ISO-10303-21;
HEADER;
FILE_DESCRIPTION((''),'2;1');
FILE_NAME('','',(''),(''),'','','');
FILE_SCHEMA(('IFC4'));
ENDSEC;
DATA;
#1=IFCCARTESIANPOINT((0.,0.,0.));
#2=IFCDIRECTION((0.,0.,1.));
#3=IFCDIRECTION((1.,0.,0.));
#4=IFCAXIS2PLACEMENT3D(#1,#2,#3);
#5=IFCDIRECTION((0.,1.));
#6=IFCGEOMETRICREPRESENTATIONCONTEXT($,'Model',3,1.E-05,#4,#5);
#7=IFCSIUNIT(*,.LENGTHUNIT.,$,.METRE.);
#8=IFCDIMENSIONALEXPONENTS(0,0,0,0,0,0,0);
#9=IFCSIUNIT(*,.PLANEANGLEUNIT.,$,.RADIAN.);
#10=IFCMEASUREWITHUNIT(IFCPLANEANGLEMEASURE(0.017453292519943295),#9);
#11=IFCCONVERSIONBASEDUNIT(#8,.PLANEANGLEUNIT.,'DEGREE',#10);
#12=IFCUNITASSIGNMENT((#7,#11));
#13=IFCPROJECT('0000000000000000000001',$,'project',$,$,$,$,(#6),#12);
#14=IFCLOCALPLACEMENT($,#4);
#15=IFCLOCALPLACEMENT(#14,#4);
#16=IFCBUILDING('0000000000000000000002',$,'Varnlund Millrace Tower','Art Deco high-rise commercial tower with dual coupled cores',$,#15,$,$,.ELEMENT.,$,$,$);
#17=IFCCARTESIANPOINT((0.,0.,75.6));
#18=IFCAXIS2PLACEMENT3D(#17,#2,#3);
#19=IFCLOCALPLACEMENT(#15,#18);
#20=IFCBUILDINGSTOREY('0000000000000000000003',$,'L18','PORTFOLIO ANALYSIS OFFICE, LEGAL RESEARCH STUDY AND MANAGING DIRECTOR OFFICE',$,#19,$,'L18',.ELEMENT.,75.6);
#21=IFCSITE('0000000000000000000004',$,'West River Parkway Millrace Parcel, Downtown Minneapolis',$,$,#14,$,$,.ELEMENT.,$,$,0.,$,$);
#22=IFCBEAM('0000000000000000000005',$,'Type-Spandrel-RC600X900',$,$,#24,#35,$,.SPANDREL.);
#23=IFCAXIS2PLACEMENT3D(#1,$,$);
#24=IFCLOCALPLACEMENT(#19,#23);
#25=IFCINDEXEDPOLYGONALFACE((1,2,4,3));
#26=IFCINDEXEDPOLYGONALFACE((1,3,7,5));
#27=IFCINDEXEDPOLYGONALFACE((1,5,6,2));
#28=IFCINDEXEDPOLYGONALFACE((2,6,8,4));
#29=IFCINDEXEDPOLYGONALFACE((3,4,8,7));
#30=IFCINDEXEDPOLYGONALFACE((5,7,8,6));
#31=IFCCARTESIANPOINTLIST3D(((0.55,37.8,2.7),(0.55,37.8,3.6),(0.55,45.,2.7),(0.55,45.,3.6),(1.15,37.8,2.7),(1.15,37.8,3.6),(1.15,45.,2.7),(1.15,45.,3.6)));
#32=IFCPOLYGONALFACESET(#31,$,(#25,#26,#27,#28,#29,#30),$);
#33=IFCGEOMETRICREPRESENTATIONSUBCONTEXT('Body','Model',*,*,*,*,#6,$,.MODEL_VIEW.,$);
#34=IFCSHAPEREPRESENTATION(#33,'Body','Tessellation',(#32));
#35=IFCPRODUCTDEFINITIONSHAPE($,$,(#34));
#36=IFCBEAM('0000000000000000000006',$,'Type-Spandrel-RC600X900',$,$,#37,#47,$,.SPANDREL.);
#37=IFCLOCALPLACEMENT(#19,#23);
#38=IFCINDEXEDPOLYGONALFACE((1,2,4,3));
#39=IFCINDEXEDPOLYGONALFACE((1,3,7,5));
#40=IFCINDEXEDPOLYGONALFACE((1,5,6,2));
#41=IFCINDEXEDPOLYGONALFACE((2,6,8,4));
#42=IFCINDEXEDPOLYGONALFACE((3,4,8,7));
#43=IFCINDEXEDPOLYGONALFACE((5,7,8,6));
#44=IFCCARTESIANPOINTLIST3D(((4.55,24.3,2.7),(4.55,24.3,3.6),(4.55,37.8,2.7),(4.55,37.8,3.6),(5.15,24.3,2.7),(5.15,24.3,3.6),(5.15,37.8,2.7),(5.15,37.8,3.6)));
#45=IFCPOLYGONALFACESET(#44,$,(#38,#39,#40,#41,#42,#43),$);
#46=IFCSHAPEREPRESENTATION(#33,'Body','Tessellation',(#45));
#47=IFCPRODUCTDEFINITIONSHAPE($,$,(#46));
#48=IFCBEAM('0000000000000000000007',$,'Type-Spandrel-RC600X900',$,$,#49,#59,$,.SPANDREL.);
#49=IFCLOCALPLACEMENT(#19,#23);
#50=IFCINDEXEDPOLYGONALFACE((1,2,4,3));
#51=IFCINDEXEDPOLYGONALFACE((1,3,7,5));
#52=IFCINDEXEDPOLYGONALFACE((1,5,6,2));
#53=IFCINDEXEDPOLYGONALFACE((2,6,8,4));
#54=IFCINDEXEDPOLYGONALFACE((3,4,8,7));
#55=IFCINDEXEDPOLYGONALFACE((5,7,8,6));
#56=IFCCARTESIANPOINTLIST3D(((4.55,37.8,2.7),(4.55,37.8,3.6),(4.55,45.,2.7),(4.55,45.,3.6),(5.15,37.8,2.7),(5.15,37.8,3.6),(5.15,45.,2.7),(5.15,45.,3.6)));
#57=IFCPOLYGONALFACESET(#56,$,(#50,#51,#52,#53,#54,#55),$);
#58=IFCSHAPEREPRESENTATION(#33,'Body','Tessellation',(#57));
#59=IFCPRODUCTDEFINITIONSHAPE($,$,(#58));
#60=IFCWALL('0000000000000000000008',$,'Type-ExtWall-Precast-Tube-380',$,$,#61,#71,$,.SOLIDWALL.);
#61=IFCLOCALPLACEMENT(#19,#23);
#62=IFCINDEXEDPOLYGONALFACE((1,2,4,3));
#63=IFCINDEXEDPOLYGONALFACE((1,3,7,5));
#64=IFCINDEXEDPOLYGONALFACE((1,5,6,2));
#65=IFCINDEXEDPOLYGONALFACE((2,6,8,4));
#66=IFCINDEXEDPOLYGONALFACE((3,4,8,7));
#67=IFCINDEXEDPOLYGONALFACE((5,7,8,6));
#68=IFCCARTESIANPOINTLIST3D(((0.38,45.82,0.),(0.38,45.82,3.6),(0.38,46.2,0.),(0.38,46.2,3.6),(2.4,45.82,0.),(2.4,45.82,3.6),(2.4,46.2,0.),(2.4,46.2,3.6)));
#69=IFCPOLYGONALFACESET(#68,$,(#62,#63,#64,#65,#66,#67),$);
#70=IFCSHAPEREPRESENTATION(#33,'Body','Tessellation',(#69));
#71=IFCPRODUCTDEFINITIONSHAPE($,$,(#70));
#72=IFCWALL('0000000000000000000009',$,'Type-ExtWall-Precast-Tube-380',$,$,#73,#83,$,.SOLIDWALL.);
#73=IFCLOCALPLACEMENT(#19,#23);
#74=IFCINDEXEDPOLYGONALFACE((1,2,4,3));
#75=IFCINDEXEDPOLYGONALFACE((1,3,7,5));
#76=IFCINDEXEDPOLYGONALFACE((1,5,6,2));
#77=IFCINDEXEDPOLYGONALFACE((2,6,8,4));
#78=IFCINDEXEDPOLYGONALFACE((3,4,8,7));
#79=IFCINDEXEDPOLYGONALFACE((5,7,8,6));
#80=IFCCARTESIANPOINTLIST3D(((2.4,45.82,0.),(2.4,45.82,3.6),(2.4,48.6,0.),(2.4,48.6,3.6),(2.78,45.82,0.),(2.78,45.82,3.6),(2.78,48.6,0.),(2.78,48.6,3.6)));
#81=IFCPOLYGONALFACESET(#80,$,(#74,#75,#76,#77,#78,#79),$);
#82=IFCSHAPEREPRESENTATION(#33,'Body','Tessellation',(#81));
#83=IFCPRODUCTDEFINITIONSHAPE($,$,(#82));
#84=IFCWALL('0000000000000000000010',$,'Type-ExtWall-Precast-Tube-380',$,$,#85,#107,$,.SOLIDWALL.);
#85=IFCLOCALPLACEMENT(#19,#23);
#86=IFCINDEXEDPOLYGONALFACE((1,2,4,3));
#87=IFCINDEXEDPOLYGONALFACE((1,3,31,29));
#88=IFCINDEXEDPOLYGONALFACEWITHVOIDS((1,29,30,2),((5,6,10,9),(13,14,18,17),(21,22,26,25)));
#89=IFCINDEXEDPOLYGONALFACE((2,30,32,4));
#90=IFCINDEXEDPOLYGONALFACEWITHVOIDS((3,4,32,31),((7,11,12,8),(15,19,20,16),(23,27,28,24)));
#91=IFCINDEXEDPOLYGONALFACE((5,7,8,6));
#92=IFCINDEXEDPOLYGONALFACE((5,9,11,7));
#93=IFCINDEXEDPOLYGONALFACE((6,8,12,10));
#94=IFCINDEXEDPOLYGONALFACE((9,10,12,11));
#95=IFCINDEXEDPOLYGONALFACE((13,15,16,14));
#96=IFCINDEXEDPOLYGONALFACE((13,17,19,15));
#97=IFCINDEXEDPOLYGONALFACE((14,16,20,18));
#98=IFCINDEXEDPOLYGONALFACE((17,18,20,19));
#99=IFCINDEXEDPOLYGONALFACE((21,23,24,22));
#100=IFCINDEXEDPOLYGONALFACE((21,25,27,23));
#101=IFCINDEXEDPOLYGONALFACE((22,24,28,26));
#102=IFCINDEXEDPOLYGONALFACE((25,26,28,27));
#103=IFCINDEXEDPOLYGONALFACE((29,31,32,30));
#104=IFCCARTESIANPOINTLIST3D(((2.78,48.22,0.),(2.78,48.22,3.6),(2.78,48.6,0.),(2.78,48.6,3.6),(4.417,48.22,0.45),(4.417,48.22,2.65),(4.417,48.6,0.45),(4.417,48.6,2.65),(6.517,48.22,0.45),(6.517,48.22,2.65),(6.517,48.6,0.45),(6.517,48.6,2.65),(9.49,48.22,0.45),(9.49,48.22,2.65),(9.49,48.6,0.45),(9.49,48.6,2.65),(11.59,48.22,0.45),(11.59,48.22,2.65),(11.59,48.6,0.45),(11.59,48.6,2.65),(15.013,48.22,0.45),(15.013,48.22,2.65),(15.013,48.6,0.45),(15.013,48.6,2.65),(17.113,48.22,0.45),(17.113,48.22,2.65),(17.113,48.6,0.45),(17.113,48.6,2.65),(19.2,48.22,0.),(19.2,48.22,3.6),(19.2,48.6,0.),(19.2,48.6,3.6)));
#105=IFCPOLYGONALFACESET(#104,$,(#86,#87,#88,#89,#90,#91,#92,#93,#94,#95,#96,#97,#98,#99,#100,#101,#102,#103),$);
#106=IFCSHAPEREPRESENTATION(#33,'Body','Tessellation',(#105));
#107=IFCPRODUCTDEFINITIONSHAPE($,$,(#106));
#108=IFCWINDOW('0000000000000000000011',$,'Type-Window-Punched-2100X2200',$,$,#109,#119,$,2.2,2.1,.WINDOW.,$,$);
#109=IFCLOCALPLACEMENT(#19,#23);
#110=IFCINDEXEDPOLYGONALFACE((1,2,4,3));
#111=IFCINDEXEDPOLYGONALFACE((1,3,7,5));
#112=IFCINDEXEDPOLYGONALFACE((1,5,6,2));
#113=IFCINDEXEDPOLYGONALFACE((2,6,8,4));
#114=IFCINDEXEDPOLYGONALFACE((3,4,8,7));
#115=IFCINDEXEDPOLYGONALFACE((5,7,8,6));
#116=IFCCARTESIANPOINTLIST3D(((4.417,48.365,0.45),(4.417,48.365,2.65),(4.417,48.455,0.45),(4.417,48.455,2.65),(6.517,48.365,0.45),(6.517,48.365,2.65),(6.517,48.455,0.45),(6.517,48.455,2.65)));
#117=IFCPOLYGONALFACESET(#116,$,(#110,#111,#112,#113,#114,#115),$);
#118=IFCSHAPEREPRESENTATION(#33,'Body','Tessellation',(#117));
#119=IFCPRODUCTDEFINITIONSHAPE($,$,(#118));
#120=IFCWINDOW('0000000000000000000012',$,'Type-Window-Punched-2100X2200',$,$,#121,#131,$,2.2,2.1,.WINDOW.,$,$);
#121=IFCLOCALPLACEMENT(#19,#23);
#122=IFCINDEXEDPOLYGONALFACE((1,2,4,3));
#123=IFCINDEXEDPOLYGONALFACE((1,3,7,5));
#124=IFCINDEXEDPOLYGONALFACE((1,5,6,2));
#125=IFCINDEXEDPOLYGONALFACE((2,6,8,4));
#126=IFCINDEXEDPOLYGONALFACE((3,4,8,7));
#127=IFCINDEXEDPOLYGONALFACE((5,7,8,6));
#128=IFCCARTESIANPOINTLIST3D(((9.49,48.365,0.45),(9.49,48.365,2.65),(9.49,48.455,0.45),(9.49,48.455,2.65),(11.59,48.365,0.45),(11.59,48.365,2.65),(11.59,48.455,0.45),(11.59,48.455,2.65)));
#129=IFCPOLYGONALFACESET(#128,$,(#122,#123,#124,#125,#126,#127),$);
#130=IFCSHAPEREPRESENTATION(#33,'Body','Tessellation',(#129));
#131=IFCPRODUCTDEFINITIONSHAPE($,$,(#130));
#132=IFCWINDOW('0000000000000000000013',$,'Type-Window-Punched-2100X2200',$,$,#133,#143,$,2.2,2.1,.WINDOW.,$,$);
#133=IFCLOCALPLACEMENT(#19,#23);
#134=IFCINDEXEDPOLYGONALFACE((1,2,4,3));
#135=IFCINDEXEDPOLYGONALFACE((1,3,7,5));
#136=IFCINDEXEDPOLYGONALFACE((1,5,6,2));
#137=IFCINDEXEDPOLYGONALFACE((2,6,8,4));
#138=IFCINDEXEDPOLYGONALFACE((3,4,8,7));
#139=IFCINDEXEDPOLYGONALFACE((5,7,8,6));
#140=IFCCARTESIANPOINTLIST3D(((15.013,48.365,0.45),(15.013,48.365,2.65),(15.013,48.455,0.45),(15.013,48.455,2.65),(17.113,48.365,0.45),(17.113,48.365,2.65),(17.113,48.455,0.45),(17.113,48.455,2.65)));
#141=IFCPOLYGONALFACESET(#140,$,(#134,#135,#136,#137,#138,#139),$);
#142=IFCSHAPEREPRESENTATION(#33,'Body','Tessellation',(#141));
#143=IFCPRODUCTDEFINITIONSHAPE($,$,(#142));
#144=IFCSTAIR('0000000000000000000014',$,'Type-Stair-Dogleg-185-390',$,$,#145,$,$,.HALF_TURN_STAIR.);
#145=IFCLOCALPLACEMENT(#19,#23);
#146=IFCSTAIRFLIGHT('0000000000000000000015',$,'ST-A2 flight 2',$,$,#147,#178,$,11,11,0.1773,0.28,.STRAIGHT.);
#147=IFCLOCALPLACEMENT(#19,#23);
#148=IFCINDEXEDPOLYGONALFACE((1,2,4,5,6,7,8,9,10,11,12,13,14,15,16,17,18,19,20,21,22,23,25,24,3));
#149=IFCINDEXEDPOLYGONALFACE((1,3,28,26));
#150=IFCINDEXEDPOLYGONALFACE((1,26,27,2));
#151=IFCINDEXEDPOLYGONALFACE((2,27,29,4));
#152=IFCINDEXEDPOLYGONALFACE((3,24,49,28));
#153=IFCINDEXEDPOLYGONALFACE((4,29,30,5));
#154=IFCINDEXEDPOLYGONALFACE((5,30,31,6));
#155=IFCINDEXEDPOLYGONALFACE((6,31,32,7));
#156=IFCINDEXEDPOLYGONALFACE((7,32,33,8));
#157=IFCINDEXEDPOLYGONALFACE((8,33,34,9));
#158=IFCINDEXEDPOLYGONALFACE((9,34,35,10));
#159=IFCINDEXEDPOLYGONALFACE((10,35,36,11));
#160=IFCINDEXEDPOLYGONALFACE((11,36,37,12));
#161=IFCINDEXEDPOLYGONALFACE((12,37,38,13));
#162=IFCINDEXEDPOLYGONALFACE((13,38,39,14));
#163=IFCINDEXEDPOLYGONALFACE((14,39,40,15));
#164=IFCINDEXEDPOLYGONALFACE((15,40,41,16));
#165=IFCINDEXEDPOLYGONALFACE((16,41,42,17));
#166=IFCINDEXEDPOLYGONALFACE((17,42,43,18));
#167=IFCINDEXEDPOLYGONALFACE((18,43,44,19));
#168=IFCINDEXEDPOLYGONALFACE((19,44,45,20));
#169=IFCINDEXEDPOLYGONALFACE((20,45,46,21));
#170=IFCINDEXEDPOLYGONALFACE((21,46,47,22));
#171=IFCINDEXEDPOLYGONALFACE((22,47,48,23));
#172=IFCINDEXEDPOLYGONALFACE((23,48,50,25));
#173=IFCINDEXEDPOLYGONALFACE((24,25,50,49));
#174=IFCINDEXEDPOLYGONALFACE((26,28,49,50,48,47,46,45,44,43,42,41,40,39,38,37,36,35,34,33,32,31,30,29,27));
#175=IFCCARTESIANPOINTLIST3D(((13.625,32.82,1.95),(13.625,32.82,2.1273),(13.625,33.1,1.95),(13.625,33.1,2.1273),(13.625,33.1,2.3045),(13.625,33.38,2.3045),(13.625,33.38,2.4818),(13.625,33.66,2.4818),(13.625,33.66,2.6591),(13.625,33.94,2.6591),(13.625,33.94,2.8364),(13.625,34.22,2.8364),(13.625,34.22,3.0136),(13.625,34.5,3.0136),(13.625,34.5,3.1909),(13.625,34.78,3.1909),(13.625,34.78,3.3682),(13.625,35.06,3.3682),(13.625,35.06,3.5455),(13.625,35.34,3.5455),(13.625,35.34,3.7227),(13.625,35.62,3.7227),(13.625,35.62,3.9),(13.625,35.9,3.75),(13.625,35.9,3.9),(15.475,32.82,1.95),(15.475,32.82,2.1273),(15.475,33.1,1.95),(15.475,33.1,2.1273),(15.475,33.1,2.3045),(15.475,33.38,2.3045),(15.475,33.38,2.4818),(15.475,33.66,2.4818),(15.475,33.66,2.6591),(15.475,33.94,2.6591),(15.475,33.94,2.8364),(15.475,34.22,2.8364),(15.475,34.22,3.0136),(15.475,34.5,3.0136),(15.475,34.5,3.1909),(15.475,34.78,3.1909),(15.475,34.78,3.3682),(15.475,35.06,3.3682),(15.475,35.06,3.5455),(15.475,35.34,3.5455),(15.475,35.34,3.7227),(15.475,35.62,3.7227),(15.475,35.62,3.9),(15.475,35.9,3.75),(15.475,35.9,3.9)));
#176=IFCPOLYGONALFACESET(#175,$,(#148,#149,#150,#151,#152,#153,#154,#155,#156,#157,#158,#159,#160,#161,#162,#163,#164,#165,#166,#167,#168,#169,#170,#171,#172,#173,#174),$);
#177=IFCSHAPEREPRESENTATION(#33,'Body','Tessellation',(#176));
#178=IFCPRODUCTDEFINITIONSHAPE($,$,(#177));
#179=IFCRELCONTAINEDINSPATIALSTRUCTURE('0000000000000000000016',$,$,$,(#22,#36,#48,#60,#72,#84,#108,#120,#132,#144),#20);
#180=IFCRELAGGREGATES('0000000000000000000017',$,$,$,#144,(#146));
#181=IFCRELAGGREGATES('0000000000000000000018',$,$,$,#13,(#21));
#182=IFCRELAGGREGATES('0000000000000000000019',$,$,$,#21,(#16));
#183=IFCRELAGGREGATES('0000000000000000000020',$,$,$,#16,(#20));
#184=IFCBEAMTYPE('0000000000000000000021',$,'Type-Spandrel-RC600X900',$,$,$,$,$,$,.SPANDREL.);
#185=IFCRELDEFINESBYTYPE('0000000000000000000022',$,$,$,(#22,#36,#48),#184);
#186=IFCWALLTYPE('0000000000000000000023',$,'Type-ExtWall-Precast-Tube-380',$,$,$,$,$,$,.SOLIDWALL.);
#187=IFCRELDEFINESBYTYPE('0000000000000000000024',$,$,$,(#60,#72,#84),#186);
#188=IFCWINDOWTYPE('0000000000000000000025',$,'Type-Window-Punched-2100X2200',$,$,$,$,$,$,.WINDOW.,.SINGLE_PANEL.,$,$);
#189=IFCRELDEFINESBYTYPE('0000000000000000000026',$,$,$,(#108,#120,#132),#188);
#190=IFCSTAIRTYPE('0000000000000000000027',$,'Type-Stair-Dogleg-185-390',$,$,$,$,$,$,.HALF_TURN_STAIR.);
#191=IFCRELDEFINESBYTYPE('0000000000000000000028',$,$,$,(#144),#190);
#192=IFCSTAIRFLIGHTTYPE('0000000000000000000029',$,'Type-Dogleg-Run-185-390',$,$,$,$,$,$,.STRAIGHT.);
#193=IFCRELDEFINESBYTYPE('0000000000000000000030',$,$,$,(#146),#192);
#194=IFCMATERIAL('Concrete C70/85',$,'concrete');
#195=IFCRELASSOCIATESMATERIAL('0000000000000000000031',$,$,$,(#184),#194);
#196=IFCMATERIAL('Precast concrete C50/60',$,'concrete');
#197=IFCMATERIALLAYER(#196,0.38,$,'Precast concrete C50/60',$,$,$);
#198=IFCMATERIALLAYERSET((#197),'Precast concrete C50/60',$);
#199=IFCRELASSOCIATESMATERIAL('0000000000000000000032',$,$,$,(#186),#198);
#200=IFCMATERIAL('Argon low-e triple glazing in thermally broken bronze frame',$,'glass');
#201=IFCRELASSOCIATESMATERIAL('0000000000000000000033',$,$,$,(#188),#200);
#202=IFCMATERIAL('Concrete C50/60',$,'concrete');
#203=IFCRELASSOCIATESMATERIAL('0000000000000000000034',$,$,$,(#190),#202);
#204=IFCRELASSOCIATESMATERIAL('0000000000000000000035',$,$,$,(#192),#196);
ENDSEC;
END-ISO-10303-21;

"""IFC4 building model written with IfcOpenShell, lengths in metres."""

from ifc_helpers import new_model, entity, si_unit, converted_unit, direction, frame, origin_with_axes, origin_2d_with_axis, place, context, subcontext, project, spatial, polyline, rectangle, outline, extrude, material, layer, layer_set, material_profile, profile_set, type_object, element, fill, aggregate, save


model = new_model("IFC4")

# Units and contexts
model_context = context("Model", 3, precision=1e-05, world=origin_with_axes(), true_north=direction((0.0, 1.0)))
body_context = subcontext(model_context, "Body", "Model", "MODEL_VIEW")
ifc_project = project(units=[si_unit("LENGTHUNIT", "METRE"), converted_unit("PLANEANGLEUNIT", "DEGREE", entity("IfcPlaneAngleMeasure", 0.017453292519943295), si_unit("PLANEANGLEUNIT", "RADIAN"), dimensions=[0, 0, 0, 0, 0, 0, 0])], contexts=[model_context])

# Site, building, storey
site_placement = place(None, origin_with_axes())
site = spatial("IfcSite", under=ifc_project, at=site_placement, Name="West River Parkway Millrace Parcel, Downtown Minneapolis", CompositionType="ELEMENT", RefElevation=0.0)
building_placement = place(site_placement, origin_with_axes())
building = spatial("IfcBuilding", under=site, at=building_placement, Name="Varnlund Millrace Tower", Description="Art Deco high-rise commercial tower with dual coupled cores", CompositionType="ELEMENT")
storey_placement = place(building_placement, frame((0.0, 0.0, 75.6), z_axis=(0.0, 0.0, 1.0), x_axis=(1.0, 0.0, 0.0)))
storey = spatial("IfcBuildingStorey", under=building, at=storey_placement, Name="L18", Description="PORTFOLIO ANALYSIS OFFICE, LEGAL RESEARCH STUDY AND MANAGING DIRECTOR OFFICE", LongName="L18", CompositionType="ELEMENT", Elevation=75.6)

# Beams
ifc_material_1 = material(Name="Concrete C70/85", Category="concrete")
ifc_material_profile_1 = material_profile(ifc_material_1, rectangle(XDim=0.6, YDim=0.9, at=origin_2d_with_axis()), Name="Concrete C70/85")
ifc_profile_set_1 = profile_set([ifc_material_profile_1], Name="Concrete C70/85")
beam_type_1 = type_object("IfcBeamType", Name="Type-Spandrel-RC600X900", PredefinedType="SPANDREL", material=ifc_profile_set_1)
beam_1_placement = place(storey_placement, frame((0.85, 37.8, 3.15), z_axis=(0.0, 1.0, 0.0), x_axis=(-1.0, 0.0, 0.0)))
element("IfcBeam", 1, at=beam_1_placement, inside=storey, type_object=beam_type_1, Name="Type-Spandrel-RC600X900", PredefinedType="SPANDREL", context=body_context, shape_type="SweptSolid", body=[
    extrude(rectangle(XDim=0.6, YDim=0.9, at=origin_2d_with_axis()), origin_with_axes(), (0.0, 0.0, 1.0), 7.2),
])
beam_2_placement = place(storey_placement, frame((4.85, 24.3, 3.15), z_axis=(0.0, 1.0, 0.0), x_axis=(-1.0, 0.0, 0.0)))
element("IfcBeam", 2, at=beam_2_placement, inside=storey, type_object=beam_type_1, Name="Type-Spandrel-RC600X900", PredefinedType="SPANDREL", context=body_context, shape_type="SweptSolid", body=[
    extrude(rectangle(XDim=0.6, YDim=0.9, at=origin_2d_with_axis()), origin_with_axes(), (0.0, 0.0, 1.0), 13.5),
])
beam_3_placement = place(storey_placement, frame((4.85, 37.8, 3.15), z_axis=(0.0, 1.0, 0.0), x_axis=(-1.0, 0.0, 0.0)))
element("IfcBeam", 3, at=beam_3_placement, inside=storey, type_object=beam_type_1, Name="Type-Spandrel-RC600X900", PredefinedType="SPANDREL", context=body_context, shape_type="SweptSolid", body=[
    extrude(rectangle(XDim=0.6, YDim=0.9, at=origin_2d_with_axis()), origin_with_axes(), (0.0, 0.0, 1.0), 7.2),
])

# Walls
ifc_material_2 = material(Name="Precast concrete C50/60", Category="concrete")
ifc_layer = layer(ifc_material_2, 0.38, Name="Precast concrete C50/60")
ifc_layer_set = layer_set([ifc_layer], Name="Precast concrete C50/60")
wall_type = type_object("IfcWallType", Name="Type-ExtWall-Precast-Tube-380", PredefinedType="SOLIDWALL", material=ifc_layer_set)
wall_1_placement = place(storey_placement, frame((0.38, 46.01, 0.0), z_axis=(0.0, 0.0, 1.0), x_axis=(1.0, 0.0, 0.0)))
element("IfcWall", 4, at=wall_1_placement, inside=storey, type_object=wall_type, Name="Type-ExtWall-Precast-Tube-380", PredefinedType="SOLIDWALL", context=body_context, shape_type="SweptSolid", body=[
    extrude(outline(polyline([(0.0, -0.19), (2.02, -0.19), (2.02, 0.19), (0.0, 0.19), (0.0, -0.19)])), origin_with_axes(), (0.0, 0.0, 1.0), 3.6),
])
wall_2_placement = place(storey_placement, frame((2.59, 45.82, 0.0), z_axis=(0.0, 0.0, 1.0), x_axis=(0.0, 1.0, 0.0)))
element("IfcWall", 5, at=wall_2_placement, inside=storey, type_object=wall_type, Name="Type-ExtWall-Precast-Tube-380", PredefinedType="SOLIDWALL", context=body_context, shape_type="SweptSolid", body=[
    extrude(outline(polyline([(0.0, -0.19), (2.78, -0.19), (2.78, 0.19), (0.0, 0.19), (0.0, -0.19)])), origin_with_axes(), (0.0, 0.0, 1.0), 3.6),
])

# Wall, openings, windows
wall_3_placement = place(storey_placement, frame((2.78, 48.41, 0.0), z_axis=(0.0, 0.0, 1.0), x_axis=(1.0, 0.0, 0.0)))
wall_3 = element("IfcWall", 6, at=wall_3_placement, inside=storey, type_object=wall_type, Name="Type-ExtWall-Precast-Tube-380", PredefinedType="SOLIDWALL", context=body_context, shape_type="SweptSolid", body=[
    extrude(outline(polyline([(0.0, -0.19), (16.42, -0.19), (16.42, 0.19), (0.0, 0.19), (0.0, -0.19)])), origin_with_axes(), (0.0, 0.0, 1.0), 3.6),
])
opening_1_placement = place(wall_3_placement, frame((2.687, 0.0, 0.45), z_axis=(0.0, 0.0, 1.0), x_axis=(1.0, 0.0, 0.0)))
opening_1 = element("IfcOpeningElement", 7, at=opening_1_placement, cuts=wall_3, PredefinedType="OPENING", context=body_context, shape_type="SweptSolid", body=[
    extrude(rectangle(XDim=2.1, YDim=0.4, at=origin_2d_with_axis()), origin_with_axes(), (0.0, 0.0, 1.0), 2.2),
])
opening_2_placement = place(wall_3_placement, frame((7.76, 0.0, 0.45), z_axis=(0.0, 0.0, 1.0), x_axis=(1.0, 0.0, 0.0)))
opening_2 = element("IfcOpeningElement", 8, at=opening_2_placement, cuts=wall_3, PredefinedType="OPENING", context=body_context, shape_type="SweptSolid", body=[
    extrude(rectangle(XDim=2.1, YDim=0.4, at=origin_2d_with_axis()), origin_with_axes(), (0.0, 0.0, 1.0), 2.2),
])
opening_3_placement = place(wall_3_placement, frame((13.283, 0.0, 0.45), z_axis=(0.0, 0.0, 1.0), x_axis=(1.0, 0.0, 0.0)))
opening_3 = element("IfcOpeningElement", 9, at=opening_3_placement, cuts=wall_3, PredefinedType="OPENING", context=body_context, shape_type="SweptSolid", body=[
    extrude(rectangle(XDim=2.1, YDim=0.4, at=origin_2d_with_axis()), origin_with_axes(), (0.0, 0.0, 1.0), 2.2),
])
ifc_material_3 = material(Name="Argon low-e triple glazing in thermally broken bronze frame", Category="glass")
window_type = type_object("IfcWindowType", Name="Type-Window-Punched-2100X2200", PartitioningType="SINGLE_PANEL", PredefinedType="WINDOW", material=ifc_material_3)
window_1_placement = place(wall_3_placement, frame((2.687, 0.0, 0.45), z_axis=(0.0, 0.0, 1.0), x_axis=(1.0, 0.0, 0.0)))
window_1 = element("IfcWindow", 10, at=window_1_placement, inside=storey, type_object=window_type, Name="Type-Window-Punched-2100X2200", OverallHeight=2.2, OverallWidth=2.1, PredefinedType="WINDOW", context=body_context, shape_type="SweptSolid", body=[
    extrude(rectangle(XDim=2.1, YDim=0.09, at=origin_2d_with_axis()), origin_with_axes(), (0.0, 0.0, 1.0), 2.2),
])
fill(opening_1, window_1)
window_2_placement = place(wall_3_placement, frame((7.76, 0.0, 0.45), z_axis=(0.0, 0.0, 1.0), x_axis=(1.0, 0.0, 0.0)))
window_2 = element("IfcWindow", 11, at=window_2_placement, inside=storey, type_object=window_type, Name="Type-Window-Punched-2100X2200", OverallHeight=2.2, OverallWidth=2.1, PredefinedType="WINDOW", context=body_context, shape_type="SweptSolid", body=[
    extrude(rectangle(XDim=2.1, YDim=0.09, at=origin_2d_with_axis()), origin_with_axes(), (0.0, 0.0, 1.0), 2.2),
])
fill(opening_2, window_2)
window_3_placement = place(wall_3_placement, frame((13.283, 0.0, 0.45), z_axis=(0.0, 0.0, 1.0), x_axis=(1.0, 0.0, 0.0)))
window_3 = element("IfcWindow", 12, at=window_3_placement, inside=storey, type_object=window_type, Name="Type-Window-Punched-2100X2200", OverallHeight=2.2, OverallWidth=2.1, PredefinedType="WINDOW", context=body_context, shape_type="SweptSolid", body=[
    extrude(rectangle(XDim=2.1, YDim=0.09, at=origin_2d_with_axis()), origin_with_axes(), (0.0, 0.0, 1.0), 2.2),
])
fill(opening_3, window_3)

# Stair, stair flight
ifc_material_4 = material(Name="Concrete C50/60", Category="concrete")
stair_type = type_object("IfcStairType", Name="Type-Stair-Dogleg-185-390", PredefinedType="HALF_TURN_STAIR", material=ifc_material_4)
stair_placement = place(storey_placement, origin_with_axes())
stair = element("IfcStair", 13, at=stair_placement, inside=storey, type_object=stair_type, Name="Type-Stair-Dogleg-185-390", PredefinedType="HALF_TURN_STAIR")
stair_flight_type = type_object("IfcStairFlightType", Name="Type-Dogleg-Run-185-390", PredefinedType="STRAIGHT", material=ifc_material_2)
stair_flight_placement = place(storey_placement, frame((13.625, 32.82, 1.95), z_axis=(1.0, 0.0, 0.0), x_axis=(0.0, 1.0, 0.0)))
stair_flight = element("IfcStairFlight", 14, at=stair_flight_placement, type_object=stair_flight_type, Name="ST-A2 flight 2", NumberOfRisers=11, NumberOfTreads=11, PredefinedType="STRAIGHT", RiserHeight=0.1773, TreadLength=0.28, context=body_context, shape_type="SweptSolid", body=[
    extrude(outline(polyline([(0.0, 0.0), (0.0, 0.1773), (0.28, 0.1773), (0.28, 0.3545), (0.56, 0.3545), (0.56, 0.5318), (0.84, 0.5318), (0.84, 0.7091), (1.12, 0.7091), (1.12, 0.8864), (1.4, 0.8864), (1.4, 1.0636), (1.68, 1.0636), (1.68, 1.2409), (1.96, 1.2409), (1.96, 1.4182), (2.24, 1.4182), (2.24, 1.5955), (2.52, 1.5955), (2.52, 1.7727), (2.8, 1.7727), (2.8, 1.95), (3.08, 1.95), (3.08, 1.8), (0.28, 0.0), (0.0, 0.0)])), origin_with_axes(), (0.0, 0.0, 1.0), 1.85),
])
aggregate(stair, [stair_flight])

save(model, "model.ifc")
